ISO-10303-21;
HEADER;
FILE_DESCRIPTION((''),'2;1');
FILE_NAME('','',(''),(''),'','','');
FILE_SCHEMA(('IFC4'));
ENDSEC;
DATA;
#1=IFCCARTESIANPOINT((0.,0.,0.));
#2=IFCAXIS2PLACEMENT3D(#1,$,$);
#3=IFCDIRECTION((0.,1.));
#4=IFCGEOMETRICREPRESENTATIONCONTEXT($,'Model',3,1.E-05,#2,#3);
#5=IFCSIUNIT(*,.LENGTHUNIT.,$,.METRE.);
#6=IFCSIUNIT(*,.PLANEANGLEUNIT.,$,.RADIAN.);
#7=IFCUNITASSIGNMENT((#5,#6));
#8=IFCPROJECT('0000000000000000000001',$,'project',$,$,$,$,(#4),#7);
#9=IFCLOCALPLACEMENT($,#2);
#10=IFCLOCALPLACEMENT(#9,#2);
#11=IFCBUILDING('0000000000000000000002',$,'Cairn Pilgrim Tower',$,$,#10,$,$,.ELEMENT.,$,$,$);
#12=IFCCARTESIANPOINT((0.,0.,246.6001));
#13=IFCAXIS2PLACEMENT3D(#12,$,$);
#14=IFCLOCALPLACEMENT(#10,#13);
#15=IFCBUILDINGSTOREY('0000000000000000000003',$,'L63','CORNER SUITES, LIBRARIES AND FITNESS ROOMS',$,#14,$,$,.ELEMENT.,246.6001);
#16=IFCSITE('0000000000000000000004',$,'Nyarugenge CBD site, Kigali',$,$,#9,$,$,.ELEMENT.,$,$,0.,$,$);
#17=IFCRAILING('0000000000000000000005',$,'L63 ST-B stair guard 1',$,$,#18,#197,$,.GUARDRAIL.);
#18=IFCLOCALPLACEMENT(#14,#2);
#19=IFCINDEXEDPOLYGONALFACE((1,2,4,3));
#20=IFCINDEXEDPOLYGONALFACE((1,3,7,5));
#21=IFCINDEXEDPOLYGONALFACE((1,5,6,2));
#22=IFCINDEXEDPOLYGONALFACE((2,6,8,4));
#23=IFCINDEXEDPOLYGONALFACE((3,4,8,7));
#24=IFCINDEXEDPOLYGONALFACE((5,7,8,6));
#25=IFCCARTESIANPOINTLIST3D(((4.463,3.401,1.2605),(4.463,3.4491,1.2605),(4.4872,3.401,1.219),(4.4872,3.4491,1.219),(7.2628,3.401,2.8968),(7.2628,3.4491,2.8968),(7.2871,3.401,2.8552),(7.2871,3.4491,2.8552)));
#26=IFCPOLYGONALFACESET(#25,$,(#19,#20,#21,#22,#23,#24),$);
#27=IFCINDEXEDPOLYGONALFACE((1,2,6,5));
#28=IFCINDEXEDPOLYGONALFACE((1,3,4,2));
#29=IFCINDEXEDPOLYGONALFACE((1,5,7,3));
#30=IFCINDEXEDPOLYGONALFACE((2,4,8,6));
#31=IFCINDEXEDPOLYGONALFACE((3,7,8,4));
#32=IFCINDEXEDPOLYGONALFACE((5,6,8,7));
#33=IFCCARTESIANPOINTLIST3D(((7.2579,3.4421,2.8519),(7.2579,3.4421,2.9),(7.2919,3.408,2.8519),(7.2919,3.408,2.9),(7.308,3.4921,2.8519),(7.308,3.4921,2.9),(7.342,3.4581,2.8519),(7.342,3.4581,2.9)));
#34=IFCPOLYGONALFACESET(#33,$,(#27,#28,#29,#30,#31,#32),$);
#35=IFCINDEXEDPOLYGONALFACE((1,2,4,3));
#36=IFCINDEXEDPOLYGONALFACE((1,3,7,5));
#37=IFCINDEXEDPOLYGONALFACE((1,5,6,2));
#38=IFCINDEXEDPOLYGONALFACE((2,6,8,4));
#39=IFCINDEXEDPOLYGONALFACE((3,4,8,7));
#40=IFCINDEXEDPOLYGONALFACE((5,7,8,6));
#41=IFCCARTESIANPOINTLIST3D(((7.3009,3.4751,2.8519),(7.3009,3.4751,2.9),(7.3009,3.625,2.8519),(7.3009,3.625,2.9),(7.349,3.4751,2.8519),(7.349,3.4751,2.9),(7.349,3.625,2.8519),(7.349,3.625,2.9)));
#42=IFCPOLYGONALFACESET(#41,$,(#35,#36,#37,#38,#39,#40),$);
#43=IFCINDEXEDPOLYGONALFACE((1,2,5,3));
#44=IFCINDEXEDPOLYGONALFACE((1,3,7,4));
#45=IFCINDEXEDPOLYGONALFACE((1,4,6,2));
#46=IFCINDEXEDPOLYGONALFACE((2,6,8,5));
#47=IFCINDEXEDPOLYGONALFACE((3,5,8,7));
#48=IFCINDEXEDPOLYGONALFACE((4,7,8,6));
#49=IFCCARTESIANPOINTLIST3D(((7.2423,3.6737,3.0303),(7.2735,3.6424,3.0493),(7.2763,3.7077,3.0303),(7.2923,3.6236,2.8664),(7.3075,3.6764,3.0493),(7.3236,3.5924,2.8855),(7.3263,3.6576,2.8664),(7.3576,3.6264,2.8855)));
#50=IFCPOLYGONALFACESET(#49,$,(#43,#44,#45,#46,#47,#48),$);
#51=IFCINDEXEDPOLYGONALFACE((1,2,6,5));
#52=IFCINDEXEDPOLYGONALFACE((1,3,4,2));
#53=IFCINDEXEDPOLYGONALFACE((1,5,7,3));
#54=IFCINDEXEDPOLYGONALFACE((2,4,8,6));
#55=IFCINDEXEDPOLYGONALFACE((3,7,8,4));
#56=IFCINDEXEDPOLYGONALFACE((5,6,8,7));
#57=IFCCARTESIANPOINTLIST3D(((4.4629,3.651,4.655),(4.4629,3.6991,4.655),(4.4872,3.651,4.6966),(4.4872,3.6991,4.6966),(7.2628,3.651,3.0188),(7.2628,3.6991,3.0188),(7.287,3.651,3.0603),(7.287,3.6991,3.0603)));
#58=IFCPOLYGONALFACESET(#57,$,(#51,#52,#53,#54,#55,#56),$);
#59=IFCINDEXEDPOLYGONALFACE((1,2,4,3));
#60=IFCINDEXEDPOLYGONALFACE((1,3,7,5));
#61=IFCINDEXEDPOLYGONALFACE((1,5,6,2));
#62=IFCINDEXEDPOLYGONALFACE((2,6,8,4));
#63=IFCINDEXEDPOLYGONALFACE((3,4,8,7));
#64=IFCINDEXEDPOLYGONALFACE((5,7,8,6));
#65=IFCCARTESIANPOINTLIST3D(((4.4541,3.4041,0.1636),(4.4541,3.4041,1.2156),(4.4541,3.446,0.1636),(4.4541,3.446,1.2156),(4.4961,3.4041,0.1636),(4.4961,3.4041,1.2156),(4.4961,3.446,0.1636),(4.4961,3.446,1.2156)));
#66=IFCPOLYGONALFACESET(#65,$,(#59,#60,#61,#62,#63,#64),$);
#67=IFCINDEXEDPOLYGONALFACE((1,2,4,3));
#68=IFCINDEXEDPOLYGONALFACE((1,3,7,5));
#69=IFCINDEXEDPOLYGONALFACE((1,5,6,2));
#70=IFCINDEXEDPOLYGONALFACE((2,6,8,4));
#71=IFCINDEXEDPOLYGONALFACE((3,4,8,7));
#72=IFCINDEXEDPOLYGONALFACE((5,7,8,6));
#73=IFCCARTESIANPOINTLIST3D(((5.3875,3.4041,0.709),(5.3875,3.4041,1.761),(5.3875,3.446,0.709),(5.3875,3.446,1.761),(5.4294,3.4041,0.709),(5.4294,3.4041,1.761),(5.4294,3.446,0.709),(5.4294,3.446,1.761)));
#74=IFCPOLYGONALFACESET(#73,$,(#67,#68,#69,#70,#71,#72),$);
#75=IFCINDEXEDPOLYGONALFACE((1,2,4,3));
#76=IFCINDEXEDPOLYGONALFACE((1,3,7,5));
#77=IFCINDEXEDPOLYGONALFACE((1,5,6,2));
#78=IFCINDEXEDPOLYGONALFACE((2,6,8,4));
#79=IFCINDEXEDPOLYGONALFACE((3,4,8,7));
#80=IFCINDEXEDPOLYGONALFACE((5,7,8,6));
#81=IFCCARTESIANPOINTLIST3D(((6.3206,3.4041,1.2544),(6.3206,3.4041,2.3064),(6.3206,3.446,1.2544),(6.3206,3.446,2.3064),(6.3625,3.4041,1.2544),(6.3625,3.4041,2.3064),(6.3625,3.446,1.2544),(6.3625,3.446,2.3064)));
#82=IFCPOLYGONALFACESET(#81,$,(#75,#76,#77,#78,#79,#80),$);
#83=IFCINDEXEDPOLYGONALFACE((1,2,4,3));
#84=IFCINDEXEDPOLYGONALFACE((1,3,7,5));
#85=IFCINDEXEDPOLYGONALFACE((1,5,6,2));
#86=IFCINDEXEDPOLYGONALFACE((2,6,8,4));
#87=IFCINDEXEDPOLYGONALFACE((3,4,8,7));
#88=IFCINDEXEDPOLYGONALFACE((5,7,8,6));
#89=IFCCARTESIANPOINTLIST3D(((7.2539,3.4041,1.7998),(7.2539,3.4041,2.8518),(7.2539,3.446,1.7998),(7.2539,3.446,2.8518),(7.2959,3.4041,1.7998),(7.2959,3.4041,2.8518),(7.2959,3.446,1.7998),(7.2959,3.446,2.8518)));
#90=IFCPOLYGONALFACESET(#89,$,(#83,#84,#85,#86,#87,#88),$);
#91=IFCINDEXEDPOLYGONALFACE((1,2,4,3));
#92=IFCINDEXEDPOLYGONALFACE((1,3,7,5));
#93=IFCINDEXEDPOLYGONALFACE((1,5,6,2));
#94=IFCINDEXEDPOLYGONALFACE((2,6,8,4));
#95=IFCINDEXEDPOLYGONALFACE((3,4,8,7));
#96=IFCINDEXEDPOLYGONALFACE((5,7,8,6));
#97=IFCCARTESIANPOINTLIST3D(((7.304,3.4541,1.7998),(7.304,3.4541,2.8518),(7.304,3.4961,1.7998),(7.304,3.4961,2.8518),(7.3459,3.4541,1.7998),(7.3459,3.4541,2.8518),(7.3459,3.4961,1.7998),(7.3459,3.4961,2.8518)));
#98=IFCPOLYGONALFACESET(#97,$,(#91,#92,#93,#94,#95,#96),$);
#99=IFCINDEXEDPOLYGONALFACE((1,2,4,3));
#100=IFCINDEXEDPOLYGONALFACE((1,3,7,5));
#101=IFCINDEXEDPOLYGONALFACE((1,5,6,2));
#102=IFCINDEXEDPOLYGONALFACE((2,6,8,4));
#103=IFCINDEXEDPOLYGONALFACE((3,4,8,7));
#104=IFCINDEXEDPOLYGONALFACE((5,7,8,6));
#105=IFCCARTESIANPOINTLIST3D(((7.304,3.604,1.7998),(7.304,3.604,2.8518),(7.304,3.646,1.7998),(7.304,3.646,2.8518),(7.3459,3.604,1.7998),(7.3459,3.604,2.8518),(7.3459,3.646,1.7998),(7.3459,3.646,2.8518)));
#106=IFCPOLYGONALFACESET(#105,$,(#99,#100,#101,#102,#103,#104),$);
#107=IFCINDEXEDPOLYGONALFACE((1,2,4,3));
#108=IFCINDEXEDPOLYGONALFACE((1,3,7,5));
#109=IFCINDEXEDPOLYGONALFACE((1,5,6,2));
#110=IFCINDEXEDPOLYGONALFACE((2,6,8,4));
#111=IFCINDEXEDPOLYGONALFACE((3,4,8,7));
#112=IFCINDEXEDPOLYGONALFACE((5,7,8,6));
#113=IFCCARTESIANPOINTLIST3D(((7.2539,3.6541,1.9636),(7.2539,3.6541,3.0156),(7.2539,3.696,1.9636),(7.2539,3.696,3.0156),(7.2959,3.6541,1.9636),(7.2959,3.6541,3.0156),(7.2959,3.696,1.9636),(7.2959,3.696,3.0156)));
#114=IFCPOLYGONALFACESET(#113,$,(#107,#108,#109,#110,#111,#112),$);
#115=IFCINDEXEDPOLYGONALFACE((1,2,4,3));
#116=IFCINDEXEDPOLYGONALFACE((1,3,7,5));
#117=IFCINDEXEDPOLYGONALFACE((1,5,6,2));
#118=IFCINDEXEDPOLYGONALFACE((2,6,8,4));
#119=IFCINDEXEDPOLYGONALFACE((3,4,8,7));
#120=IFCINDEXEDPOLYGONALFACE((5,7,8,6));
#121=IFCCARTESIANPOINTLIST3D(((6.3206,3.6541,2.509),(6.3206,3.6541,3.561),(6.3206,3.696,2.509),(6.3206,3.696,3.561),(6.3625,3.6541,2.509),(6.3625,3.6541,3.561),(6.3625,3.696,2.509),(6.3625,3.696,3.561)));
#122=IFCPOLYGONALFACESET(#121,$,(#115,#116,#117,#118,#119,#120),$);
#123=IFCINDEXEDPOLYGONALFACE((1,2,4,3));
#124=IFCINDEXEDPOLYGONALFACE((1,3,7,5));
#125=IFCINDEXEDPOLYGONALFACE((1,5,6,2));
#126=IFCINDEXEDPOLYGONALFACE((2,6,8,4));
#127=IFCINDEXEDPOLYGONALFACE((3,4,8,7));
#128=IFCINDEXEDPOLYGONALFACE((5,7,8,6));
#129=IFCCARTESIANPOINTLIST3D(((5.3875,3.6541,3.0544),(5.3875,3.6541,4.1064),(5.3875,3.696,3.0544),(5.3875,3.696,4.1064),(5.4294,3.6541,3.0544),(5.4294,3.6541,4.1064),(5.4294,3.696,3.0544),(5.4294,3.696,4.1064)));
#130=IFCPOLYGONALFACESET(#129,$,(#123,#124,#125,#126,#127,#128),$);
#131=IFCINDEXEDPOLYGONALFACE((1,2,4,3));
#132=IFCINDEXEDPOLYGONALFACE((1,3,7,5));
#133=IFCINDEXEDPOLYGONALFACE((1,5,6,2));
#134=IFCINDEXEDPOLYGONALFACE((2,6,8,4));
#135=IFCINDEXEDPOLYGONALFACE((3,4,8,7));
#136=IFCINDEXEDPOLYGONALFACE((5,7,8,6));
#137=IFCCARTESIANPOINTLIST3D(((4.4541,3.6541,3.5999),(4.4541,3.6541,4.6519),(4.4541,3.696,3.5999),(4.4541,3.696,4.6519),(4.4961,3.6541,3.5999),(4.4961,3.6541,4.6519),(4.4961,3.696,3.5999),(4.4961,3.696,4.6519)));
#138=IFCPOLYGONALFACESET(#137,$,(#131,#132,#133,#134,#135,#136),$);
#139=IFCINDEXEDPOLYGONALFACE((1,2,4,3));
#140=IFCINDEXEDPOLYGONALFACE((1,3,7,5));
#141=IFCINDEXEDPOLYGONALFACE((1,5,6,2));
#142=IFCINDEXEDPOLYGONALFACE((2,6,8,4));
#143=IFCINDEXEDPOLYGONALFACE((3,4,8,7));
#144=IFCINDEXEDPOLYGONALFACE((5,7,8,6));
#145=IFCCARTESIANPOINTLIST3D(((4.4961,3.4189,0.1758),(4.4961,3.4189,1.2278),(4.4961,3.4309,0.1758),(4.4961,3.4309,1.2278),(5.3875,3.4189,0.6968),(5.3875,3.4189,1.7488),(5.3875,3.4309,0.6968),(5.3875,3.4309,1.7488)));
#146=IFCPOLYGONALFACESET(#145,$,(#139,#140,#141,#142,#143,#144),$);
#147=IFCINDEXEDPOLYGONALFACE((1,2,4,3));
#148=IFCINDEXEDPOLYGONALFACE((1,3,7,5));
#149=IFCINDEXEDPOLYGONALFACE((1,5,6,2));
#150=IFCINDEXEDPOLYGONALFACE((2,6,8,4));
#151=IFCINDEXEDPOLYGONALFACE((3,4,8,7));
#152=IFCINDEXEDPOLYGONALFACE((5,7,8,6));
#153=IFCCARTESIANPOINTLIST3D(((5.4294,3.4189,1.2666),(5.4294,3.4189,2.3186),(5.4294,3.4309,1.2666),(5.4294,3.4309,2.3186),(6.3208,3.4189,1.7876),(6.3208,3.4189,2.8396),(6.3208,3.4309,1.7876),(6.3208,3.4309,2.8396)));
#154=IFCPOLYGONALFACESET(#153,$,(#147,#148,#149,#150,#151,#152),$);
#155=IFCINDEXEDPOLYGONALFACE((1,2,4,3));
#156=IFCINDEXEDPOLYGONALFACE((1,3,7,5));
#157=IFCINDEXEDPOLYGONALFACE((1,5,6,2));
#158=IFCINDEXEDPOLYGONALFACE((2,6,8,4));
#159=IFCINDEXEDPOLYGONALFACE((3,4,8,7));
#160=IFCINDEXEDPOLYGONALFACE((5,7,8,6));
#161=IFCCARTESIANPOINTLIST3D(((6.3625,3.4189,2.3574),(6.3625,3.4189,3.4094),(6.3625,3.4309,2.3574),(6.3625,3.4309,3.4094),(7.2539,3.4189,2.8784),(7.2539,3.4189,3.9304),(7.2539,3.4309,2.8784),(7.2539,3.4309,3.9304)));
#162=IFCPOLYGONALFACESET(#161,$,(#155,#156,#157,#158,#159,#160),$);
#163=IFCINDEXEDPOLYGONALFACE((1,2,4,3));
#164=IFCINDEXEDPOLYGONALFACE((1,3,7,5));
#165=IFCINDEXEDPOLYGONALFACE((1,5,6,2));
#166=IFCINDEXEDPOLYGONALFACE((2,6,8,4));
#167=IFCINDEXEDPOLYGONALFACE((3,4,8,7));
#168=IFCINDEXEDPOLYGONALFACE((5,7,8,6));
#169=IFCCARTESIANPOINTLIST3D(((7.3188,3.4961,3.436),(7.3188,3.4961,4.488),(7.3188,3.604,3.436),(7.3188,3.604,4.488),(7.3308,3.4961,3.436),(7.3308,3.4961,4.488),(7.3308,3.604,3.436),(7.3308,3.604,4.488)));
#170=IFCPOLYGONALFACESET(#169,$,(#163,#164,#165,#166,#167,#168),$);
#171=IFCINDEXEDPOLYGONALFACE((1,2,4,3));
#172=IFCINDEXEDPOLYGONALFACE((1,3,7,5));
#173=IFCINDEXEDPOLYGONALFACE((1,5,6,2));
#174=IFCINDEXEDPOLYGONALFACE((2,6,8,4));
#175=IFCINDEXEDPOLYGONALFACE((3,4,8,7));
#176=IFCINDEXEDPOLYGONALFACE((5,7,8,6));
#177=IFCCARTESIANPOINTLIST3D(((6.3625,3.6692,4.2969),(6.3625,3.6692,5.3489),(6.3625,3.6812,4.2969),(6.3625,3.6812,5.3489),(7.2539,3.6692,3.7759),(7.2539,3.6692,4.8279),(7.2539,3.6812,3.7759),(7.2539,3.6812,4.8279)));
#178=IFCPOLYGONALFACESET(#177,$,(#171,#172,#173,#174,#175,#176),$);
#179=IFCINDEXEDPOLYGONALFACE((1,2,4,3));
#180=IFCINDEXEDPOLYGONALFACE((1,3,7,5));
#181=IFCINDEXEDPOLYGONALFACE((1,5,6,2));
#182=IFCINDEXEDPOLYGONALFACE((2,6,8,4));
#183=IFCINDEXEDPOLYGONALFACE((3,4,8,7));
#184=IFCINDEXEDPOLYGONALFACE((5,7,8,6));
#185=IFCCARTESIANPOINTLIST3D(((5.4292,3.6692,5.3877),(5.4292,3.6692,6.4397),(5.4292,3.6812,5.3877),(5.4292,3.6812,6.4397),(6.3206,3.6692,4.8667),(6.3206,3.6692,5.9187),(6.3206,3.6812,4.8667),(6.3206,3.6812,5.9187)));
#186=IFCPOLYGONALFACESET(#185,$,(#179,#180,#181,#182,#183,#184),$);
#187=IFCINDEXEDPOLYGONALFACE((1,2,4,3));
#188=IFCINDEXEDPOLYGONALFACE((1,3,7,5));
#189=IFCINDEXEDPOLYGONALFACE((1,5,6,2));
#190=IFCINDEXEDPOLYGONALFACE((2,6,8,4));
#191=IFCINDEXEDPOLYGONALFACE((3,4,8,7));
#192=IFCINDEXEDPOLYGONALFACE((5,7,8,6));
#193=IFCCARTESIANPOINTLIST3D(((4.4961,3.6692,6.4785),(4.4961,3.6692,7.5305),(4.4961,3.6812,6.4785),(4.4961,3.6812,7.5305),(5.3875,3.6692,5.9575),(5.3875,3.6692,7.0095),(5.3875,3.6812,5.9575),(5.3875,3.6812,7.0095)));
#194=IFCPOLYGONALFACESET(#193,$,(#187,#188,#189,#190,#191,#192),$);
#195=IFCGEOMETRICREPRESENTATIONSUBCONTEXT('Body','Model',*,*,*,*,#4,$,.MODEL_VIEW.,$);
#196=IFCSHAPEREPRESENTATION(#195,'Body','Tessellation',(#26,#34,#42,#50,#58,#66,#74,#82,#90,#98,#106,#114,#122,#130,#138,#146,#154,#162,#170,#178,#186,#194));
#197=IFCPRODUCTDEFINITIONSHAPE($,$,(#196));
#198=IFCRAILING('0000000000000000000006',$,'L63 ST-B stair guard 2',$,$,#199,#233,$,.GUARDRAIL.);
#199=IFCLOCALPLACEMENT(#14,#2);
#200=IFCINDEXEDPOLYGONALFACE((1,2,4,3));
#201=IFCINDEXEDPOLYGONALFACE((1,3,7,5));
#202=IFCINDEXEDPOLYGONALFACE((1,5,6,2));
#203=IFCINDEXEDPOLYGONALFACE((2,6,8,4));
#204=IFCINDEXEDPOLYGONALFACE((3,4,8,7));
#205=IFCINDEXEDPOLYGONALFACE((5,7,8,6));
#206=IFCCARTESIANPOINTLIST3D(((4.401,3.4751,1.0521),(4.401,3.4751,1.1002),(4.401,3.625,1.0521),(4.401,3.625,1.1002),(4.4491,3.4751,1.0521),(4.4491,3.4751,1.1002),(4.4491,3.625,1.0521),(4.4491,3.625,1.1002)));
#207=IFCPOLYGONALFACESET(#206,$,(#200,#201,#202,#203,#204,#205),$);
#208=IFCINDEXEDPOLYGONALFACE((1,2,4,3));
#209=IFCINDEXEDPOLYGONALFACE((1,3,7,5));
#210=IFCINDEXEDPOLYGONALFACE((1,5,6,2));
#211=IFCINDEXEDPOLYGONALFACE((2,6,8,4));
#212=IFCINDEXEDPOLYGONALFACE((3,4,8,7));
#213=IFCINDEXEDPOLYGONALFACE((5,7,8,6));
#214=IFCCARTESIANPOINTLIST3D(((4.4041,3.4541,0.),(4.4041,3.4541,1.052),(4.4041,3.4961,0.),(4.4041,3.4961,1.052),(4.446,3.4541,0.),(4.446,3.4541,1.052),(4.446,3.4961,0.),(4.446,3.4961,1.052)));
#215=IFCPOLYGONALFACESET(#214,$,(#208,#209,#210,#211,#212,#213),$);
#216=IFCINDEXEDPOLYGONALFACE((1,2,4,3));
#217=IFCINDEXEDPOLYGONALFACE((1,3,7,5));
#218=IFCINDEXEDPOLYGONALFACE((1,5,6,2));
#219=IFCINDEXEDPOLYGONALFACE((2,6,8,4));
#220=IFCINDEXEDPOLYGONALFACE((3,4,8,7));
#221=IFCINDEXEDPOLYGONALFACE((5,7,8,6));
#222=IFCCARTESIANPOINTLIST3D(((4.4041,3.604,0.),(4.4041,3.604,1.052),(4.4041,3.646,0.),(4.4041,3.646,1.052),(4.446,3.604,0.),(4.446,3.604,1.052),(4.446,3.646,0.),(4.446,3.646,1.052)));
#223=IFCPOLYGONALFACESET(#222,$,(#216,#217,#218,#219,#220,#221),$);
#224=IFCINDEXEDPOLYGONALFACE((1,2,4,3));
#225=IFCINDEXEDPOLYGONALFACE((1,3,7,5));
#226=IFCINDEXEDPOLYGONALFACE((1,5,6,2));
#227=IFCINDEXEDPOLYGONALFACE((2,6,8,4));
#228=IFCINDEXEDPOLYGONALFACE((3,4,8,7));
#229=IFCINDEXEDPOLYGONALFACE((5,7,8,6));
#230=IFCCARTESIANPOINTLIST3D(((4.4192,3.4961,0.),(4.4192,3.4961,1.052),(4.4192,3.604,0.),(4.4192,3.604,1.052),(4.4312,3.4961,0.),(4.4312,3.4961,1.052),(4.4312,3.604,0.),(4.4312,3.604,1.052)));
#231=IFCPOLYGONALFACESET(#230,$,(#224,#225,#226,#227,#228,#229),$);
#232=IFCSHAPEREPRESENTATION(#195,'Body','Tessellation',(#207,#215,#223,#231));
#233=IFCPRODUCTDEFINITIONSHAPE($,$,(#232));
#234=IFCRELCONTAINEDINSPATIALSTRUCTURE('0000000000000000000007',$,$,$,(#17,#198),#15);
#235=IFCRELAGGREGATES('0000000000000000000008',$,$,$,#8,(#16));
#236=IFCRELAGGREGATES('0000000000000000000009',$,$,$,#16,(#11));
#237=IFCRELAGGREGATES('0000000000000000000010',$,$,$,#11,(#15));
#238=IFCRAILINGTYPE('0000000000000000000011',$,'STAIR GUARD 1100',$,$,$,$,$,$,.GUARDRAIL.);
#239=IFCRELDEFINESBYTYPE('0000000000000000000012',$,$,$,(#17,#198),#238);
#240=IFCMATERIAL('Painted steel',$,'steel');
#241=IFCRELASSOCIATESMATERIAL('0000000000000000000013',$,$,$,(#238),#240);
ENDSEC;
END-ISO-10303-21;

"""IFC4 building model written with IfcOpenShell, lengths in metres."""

from ifc_helpers import new_model, si_unit, direction, frame, origin, origin_2d, place, context, subcontext, project, spatial, polyline, rectangle, outline, extrude, material, type_object, element, save


model = new_model("IFC4")

# Units and contexts
model_context = context("Model", 3, precision=1e-05, world=origin(), true_north=direction((0.0, 1.0)))
body_context = subcontext(model_context, "Body", "Model", "MODEL_VIEW")
ifc_project = project(units=[si_unit("LENGTHUNIT", "METRE"), si_unit("PLANEANGLEUNIT", "RADIAN")], contexts=[model_context])

# Site, building, storey
site_placement = place(None, origin())
site = spatial("IfcSite", under=ifc_project, at=site_placement, Name="Nyarugenge CBD site, Kigali", CompositionType="ELEMENT", RefElevation=0.0)
building_placement = place(site_placement, origin())
building = spatial("IfcBuilding", under=site, at=building_placement, Name="Cairn Pilgrim Tower", CompositionType="ELEMENT")
storey_placement = place(building_placement, frame((0.0, 0.0, 246.6001)))
storey = spatial("IfcBuildingStorey", under=building, at=storey_placement, Name="L63", Description="CORNER SUITES, LIBRARIES AND FITNESS ROOMS", CompositionType="ELEMENT", Elevation=246.6001)

# Shared definitions
ifc_material_1 = material(Name="Painted steel", Category="steel")

# Railings
railing_type_1 = type_object("IfcRailingType", Name="STAIR GUARD 1100", PredefinedType="GUARDRAIL", material=ifc_material_1)
railing_1_placement = place(storey_placement, frame((4.4751, 3.425, 0.1636)))
element("IfcRailing", 1, at=railing_1_placement, inside=storey, type_object=railing_type_1, Name="L63 ST-B stair guard 1", PredefinedType="GUARDRAIL", context=body_context, shape_type="SweptSolid", body=[
    extrude(rectangle(XDim=0.0481, YDim=0.0481, at=origin_2d()), frame((0.0, 0.0, 1.0762), z_axis=(0.863374, 0.0, 0.504564), x_axis=(0.0, 1.0, 0.0)), (0.0, 0.0, 1.0), 3.2429),
    extrude(rectangle(XDim=0.0481, YDim=0.0481, at=origin_2d()), frame((2.7998, 0.0, 2.7124), z_axis=(0.707107, 0.707107, 0.0), x_axis=(-0.707107, 0.707107, 0.0)), (0.0, 0.0, 1.0), 0.0708),
    extrude(rectangle(XDim=0.0481, YDim=0.0481, at=origin_2d()), frame((2.8499, 0.05, 2.7124), z_axis=(0.0, 1.0, 0.0), x_axis=(-1.0, 0.0, 0.0)), (0.0, 0.0, 1.0), 0.1499),
    extrude(rectangle(XDim=0.0481, YDim=0.0481, at=origin_2d()), frame((2.8499, 0.2, 2.7124), z_axis=(-0.280456, 0.280456, 0.917981), x_axis=(-0.707107, -0.707107, 0.0)), (0.0, 0.0, 1.0), 0.1785),
    extrude(rectangle(XDim=0.0481, YDim=0.0481, at=origin_2d()), frame((2.7998, 0.25, 2.876), z_axis=(-0.863374, 0.0, 0.504564), x_axis=(0.0, -1.0, 0.0)), (0.0, 0.0, 1.0), 3.2429),
    extrude(rectangle(XDim=0.042, YDim=0.042, at=origin_2d()), origin(), (0.0, 0.0, 1.0), 1.052),
    extrude(rectangle(XDim=0.042, YDim=0.042, at=origin_2d()), frame((0.9333, 0.0, 0.5454)), (0.0, 0.0, 1.0), 1.052),
    extrude(rectangle(XDim=0.042, YDim=0.042, at=origin_2d()), frame((1.8665, 0.0, 1.0908)), (0.0, 0.0, 1.0), 1.052),
    extrude(rectangle(XDim=0.042, YDim=0.042, at=origin_2d()), frame((2.7998, 0.0, 1.6362)), (0.0, 0.0, 1.0), 1.052),
    extrude(rectangle(XDim=0.042, YDim=0.042, at=origin_2d()), frame((2.8499, 0.05, 1.6362)), (0.0, 0.0, 1.0), 1.052),
    extrude(rectangle(XDim=0.042, YDim=0.042, at=origin_2d()), frame((2.8499, 0.2, 1.6362)), (0.0, 0.0, 1.0), 1.052),
    extrude(rectangle(XDim=0.042, YDim=0.042, at=origin_2d()), frame((2.7998, 0.25, 1.8)), (0.0, 0.0, 1.0), 1.052),
    extrude(rectangle(XDim=0.042, YDim=0.042, at=origin_2d()), frame((1.8665, 0.25, 2.3455)), (0.0, 0.0, 1.0), 1.052),
    extrude(rectangle(XDim=0.042, YDim=0.042, at=origin_2d()), frame((0.9333, 0.25, 2.8909)), (0.0, 0.0, 1.0), 1.052),
    extrude(rectangle(XDim=0.042, YDim=0.042, at=origin_2d()), frame((0.0, 0.25, 3.4363)), (0.0, 0.0, 1.0), 1.052),
    extrude(outline(polyline([(0.021, 0.0122), (0.9124, 0.5332), (0.9124, 1.5852), (0.021, 1.0642), (0.021, 0.0122)])), frame((0.0, 0.0059, 0.0), z_axis=(0.0, -1.0, 0.0), x_axis=(1.0, 0.0, 0.0)), (0.0, 0.0, 1.0), 0.012),
    extrude(outline(polyline([(0.021, 0.5576), (0.9124, 1.0786), (0.9124, 2.1306), (0.021, 1.6096), (0.021, 0.5576)])), frame((0.9333, 0.0059, 0.5454), z_axis=(0.0, -1.0, 0.0), x_axis=(1.0, 0.0, 0.0)), (0.0, 0.0, 1.0), 0.012),
    extrude(outline(polyline([(0.021, 1.103), (0.9124, 1.624), (0.9124, 2.676), (0.021, 2.155), (0.021, 1.103)])), frame((1.8665, 0.0059, 1.0908), z_axis=(0.0, -1.0, 0.0), x_axis=(1.0, 0.0, 0.0)), (0.0, 0.0, 1.0), 0.012),
    extrude(outline(polyline([(0.021, 1.6362), (0.1289, 1.6362), (0.1289, 2.6882), (0.021, 2.6882), (0.021, 1.6362)])), frame((2.8438, 0.05, 1.6362), z_axis=(1.0, 0.0, 0.0), x_axis=(0.0, 1.0, 0.0)), (0.0, 0.0, 1.0), 0.012),
    extrude(outline(polyline([(0.021, 1.8123), (0.9124, 2.3333), (0.9124, 3.3853), (0.021, 2.8643), (0.021, 1.8123)])), frame((2.7998, 0.2441, 1.8), z_axis=(0.0, 1.0, 0.0), x_axis=(-1.0, 0.0, 0.0)), (0.0, 0.0, 1.0), 0.012),
    extrude(outline(polyline([(0.021, 2.3577), (0.9124, 2.8787), (0.9124, 3.9307), (0.021, 3.4097), (0.021, 2.3577)])), frame((1.8665, 0.2441, 2.3455), z_axis=(0.0, 1.0, 0.0), x_axis=(-1.0, 0.0, 0.0)), (0.0, 0.0, 1.0), 0.012),
    extrude(outline(polyline([(0.021, 2.9031), (0.9124, 3.4241), (0.9124, 4.4761), (0.021, 3.9551), (0.021, 2.9031)])), frame((0.9333, 0.2441, 2.8909), z_axis=(0.0, 1.0, 0.0), x_axis=(-1.0, 0.0, 0.0)), (0.0, 0.0, 1.0), 0.012),
])
railing_2_placement = place(storey_placement, frame((4.425, 3.4751, 0.0)))
element("IfcRailing", 2, at=railing_2_placement, inside=storey, type_object=railing_type_1, Name="L63 ST-B stair guard 2", PredefinedType="GUARDRAIL", context=body_context, shape_type="SweptSolid", body=[
    extrude(rectangle(XDim=0.0481, YDim=0.0481, at=origin_2d()), frame((0.0, 0.0, 1.0762), z_axis=(0.0, 1.0, 0.0), x_axis=(-1.0, 0.0, 0.0)), (0.0, 0.0, 1.0), 0.1499),
    extrude(rectangle(XDim=0.042, YDim=0.042, at=origin_2d()), origin(), (0.0, 0.0, 1.0), 1.052),
    extrude(rectangle(XDim=0.042, YDim=0.042, at=origin_2d()), frame((0.0, 0.1499, 0.0)), (0.0, 0.0, 1.0), 1.052),
    extrude(outline(polyline([(0.021, 0.0), (0.1289, 0.0), (0.1289, 1.052), (0.021, 1.052), (0.021, 0.0)])), frame((-0.0059, 0.0, 0.0), z_axis=(1.0, 0.0, 0.0), x_axis=(0.0, 1.0, 0.0)), (0.0, 0.0, 1.0), 0.012),
])

save(model, "model.ifc")
